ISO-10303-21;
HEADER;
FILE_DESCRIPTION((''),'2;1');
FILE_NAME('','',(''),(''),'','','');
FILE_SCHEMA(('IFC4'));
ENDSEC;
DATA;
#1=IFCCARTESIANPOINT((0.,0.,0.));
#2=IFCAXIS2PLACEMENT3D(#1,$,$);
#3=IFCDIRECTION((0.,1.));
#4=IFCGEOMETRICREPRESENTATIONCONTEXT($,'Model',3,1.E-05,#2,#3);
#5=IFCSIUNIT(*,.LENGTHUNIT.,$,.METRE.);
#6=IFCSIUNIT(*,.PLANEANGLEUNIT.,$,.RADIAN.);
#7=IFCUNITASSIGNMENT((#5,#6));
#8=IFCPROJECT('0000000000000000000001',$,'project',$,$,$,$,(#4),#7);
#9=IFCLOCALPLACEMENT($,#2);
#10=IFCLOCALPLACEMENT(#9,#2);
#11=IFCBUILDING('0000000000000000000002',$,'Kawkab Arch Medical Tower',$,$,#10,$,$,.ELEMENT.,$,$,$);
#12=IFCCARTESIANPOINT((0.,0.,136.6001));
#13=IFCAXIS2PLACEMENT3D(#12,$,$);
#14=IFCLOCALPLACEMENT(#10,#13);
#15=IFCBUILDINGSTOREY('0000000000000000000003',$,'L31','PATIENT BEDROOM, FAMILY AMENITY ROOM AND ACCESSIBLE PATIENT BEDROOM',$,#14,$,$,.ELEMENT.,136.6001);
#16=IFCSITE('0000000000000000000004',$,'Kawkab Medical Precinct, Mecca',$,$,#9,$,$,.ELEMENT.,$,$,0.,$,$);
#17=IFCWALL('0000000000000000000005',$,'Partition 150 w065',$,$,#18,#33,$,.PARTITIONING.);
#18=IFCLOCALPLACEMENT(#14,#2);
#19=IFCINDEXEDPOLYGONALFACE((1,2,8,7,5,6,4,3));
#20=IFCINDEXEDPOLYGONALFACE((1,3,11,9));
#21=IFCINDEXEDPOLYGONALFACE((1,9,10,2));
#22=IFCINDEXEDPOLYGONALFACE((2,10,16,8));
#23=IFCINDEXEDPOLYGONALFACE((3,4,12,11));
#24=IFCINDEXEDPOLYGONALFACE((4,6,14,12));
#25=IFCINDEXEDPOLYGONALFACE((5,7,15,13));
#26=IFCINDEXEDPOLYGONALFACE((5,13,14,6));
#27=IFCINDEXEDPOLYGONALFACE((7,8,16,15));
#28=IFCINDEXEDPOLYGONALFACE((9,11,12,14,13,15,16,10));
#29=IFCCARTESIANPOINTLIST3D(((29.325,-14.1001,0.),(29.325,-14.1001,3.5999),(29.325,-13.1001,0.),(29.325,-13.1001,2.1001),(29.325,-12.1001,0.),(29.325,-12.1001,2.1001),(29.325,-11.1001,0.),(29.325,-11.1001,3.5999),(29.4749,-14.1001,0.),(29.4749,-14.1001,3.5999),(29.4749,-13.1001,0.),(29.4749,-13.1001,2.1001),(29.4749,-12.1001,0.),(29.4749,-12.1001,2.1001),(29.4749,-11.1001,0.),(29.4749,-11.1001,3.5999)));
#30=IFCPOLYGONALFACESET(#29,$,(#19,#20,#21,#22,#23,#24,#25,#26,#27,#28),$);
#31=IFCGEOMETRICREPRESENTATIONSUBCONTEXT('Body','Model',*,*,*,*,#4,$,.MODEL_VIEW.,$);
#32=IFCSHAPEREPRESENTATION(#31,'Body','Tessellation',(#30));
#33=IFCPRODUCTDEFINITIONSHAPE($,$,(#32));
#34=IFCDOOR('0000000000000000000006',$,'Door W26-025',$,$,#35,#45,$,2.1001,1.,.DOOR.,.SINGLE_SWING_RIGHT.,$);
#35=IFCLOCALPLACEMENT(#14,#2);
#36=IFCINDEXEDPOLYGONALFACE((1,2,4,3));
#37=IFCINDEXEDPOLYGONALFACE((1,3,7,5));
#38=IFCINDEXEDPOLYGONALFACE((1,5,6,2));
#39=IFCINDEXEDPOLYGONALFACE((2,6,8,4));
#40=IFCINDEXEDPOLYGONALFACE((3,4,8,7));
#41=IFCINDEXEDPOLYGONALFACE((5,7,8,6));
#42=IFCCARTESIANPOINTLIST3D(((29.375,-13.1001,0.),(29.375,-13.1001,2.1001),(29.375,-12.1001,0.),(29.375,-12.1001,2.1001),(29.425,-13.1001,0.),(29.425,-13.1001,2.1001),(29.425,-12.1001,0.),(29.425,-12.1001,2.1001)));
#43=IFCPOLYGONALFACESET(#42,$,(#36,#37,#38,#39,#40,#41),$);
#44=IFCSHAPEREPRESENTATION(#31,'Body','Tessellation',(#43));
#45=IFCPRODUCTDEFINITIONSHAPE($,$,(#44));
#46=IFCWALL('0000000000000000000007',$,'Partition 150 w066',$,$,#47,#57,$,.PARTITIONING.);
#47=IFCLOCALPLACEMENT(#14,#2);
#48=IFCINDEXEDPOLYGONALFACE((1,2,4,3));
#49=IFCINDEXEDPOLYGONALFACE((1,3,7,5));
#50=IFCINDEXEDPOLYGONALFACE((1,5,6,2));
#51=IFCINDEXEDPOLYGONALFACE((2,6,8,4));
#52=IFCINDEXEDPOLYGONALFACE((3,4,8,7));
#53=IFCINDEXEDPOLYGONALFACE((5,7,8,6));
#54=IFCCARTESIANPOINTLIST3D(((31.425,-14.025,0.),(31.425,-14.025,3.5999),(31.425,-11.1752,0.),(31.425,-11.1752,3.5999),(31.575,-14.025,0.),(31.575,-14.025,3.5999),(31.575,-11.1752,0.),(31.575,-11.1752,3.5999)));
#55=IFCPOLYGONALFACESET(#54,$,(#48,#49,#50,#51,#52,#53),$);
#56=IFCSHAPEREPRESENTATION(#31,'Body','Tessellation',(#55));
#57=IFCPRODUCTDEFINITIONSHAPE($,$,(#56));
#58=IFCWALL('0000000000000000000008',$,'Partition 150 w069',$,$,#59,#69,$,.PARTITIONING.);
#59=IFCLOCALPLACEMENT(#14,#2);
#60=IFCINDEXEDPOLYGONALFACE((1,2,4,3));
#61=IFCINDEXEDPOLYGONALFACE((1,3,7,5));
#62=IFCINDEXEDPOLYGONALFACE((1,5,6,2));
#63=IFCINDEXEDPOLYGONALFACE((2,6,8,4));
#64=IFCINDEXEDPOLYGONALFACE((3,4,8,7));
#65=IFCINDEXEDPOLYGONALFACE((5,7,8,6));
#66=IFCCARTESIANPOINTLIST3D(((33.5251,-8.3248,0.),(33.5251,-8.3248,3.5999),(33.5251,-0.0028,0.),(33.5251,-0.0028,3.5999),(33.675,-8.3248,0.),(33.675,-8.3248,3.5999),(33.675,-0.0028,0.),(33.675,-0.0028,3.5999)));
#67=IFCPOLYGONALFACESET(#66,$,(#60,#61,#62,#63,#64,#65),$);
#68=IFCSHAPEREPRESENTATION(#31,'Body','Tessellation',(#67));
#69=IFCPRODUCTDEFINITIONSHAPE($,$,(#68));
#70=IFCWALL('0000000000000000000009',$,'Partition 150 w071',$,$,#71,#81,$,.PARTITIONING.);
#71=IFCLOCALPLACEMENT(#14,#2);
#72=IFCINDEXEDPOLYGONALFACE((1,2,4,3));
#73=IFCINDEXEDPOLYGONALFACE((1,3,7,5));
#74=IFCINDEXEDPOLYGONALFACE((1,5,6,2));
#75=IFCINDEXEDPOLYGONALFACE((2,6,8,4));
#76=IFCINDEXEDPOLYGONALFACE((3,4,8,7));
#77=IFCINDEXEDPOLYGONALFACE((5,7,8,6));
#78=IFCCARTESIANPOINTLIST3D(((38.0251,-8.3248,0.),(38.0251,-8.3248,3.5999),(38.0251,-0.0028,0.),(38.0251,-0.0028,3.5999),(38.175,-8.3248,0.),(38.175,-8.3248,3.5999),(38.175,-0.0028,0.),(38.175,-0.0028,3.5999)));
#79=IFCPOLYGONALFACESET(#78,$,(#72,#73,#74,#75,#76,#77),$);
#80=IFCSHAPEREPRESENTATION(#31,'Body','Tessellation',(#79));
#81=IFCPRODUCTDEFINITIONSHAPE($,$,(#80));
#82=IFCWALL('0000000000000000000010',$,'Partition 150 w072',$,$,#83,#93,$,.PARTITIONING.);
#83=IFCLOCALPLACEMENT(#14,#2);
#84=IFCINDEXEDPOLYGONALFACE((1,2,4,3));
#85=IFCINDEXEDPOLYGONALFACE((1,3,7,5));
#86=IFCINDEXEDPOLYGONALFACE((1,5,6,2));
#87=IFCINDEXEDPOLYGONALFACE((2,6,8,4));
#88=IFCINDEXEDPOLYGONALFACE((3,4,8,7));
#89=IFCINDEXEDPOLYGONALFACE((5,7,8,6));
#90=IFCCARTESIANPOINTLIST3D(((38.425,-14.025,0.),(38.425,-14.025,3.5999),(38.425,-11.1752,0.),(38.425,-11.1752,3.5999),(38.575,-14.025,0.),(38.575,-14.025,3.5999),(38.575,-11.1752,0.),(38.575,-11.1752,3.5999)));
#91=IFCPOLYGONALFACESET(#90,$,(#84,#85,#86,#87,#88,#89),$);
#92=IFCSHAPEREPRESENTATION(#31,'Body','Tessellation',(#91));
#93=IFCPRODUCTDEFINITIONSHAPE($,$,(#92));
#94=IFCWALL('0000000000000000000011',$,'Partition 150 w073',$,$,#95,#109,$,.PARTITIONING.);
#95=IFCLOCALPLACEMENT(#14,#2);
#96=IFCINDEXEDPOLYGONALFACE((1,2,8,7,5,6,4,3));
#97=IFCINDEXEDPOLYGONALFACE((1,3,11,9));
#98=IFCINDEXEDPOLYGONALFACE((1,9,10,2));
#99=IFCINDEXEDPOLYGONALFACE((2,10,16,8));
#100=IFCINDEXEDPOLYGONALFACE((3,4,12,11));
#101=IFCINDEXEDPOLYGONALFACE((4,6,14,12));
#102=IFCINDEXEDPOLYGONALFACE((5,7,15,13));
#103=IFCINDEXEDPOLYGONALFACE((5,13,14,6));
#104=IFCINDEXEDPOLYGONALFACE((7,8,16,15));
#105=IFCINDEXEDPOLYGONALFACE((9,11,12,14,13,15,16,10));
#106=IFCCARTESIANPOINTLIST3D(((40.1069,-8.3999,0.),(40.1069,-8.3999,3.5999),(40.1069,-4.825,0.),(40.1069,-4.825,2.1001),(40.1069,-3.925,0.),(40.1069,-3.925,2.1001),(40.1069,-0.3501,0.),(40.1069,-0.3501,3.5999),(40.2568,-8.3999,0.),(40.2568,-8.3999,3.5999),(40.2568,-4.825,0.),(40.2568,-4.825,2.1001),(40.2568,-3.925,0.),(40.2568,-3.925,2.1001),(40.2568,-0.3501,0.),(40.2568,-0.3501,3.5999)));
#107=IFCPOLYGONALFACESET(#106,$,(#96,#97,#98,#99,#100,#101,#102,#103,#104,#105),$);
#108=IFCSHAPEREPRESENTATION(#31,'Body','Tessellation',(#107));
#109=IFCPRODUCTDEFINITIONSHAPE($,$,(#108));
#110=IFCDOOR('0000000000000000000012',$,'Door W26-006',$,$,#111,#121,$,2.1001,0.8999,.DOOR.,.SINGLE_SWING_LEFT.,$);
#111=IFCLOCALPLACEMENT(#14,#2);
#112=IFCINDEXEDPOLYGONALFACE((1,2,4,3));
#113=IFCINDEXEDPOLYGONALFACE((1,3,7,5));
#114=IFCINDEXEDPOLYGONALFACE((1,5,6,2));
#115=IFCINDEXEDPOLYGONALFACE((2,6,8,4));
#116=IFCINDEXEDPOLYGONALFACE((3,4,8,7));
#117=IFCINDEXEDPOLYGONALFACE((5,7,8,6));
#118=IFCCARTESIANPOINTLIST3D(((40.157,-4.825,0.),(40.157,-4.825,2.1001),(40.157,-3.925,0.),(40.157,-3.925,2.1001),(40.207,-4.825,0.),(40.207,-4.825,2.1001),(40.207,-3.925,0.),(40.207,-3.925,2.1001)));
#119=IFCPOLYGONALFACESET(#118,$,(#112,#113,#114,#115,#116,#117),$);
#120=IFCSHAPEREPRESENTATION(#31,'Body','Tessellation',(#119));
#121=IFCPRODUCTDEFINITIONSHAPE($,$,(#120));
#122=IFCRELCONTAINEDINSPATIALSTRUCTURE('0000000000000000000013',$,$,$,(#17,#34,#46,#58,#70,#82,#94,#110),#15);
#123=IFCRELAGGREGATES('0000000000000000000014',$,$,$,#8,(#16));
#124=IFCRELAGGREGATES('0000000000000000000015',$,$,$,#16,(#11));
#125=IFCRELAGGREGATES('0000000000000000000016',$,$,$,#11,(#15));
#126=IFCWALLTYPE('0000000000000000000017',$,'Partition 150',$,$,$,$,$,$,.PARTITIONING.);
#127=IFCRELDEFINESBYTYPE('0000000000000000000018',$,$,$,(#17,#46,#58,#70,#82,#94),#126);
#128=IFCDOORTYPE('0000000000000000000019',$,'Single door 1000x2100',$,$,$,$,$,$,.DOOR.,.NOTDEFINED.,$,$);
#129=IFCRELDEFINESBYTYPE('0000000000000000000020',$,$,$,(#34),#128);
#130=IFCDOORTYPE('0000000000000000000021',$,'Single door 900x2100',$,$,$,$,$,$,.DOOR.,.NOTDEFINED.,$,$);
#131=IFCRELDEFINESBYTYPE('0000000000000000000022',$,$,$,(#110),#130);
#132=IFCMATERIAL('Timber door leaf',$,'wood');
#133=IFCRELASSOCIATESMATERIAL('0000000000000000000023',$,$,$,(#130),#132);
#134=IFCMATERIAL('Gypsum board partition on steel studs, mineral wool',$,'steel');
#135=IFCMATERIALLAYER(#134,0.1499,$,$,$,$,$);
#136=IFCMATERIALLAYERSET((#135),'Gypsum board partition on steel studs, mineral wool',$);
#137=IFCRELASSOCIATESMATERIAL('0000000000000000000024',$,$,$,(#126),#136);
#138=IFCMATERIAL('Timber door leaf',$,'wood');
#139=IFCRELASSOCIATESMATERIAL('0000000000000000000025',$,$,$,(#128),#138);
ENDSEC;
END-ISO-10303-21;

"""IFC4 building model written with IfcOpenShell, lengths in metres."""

from ifc_helpers import new_model, si_unit, direction, frame, frame_2d, origin, place, context, subcontext, project, spatial, rectangle, extrude, material, layer, layer_set, type_object, element, fill, save


model = new_model("IFC4")

# Units and contexts
model_context = context("Model", 3, precision=1e-05, world=origin(), true_north=direction((0.0, 1.0)))
body_context = subcontext(model_context, "Body", "Model", "MODEL_VIEW")
ifc_project = project(units=[si_unit("LENGTHUNIT", "METRE"), si_unit("PLANEANGLEUNIT", "RADIAN")], contexts=[model_context])

# Site, building, storey
site_placement = place(None, origin())
site = spatial("IfcSite", under=ifc_project, at=site_placement, Name="Kawkab Medical Precinct, Mecca", CompositionType="ELEMENT", RefElevation=0.0)
building_placement = place(site_placement, origin())
building = spatial("IfcBuilding", under=site, at=building_placement, Name="Kawkab Arch Medical Tower", CompositionType="ELEMENT")
storey_placement = place(building_placement, frame((0.0, 0.0, 136.6001)))
storey = spatial("IfcBuildingStorey", under=building, at=storey_placement, Name="L31", Description="PATIENT BEDROOM, FAMILY AMENITY ROOM AND ACCESSIBLE PATIENT BEDROOM", CompositionType="ELEMENT", Elevation=136.6001)

# Shared definitions
ifc_material_1 = material(Name="Timber door leaf", Category="wood")
door_type_1 = type_object("IfcDoorType", Name="Single door 900x2100", OperationType="NOTDEFINED", PredefinedType="DOOR", material=ifc_material_1)

# Shared definitions
ifc_material_2 = material(Name="Gypsum board partition on steel studs, mineral wool", Category="steel")
ifc_layer_1 = layer(ifc_material_2, 0.1499)
ifc_layer_set_1 = layer_set([ifc_layer_1], Name="Gypsum board partition on steel studs, mineral wool")
wall_type_1 = type_object("IfcWallType", Name="Partition 150", PredefinedType="PARTITIONING", material=ifc_layer_set_1)

# Wall, opening, door
wall_1_placement = place(storey_placement, frame((29.3999, -14.1001, 0.0), z_axis=(0.0, 0.0, 1.0), x_axis=(0.0, 1.0, 0.0)))
wall_1 = element("IfcWall", 1, at=wall_1_placement, inside=storey, type_object=wall_type_1, Name="Partition 150 w065", PredefinedType="PARTITIONING", context=body_context, shape_type="SweptSolid", body=[
    extrude(rectangle(XDim=3.0, YDim=0.1499, at=frame_2d((1.5, 0.0))), origin(), (0.0, 0.0, 1.0), 3.5999),
])
opening_1_placement = place(wall_1_placement, frame((1.0, 0.0, 0.0)))
opening_1 = element("IfcOpeningElement", 2, at=opening_1_placement, cuts=wall_1, PredefinedType="OPENING", context=body_context, shape_type="SweptSolid", body=[
    extrude(rectangle(XDim=1.0, YDim=2.1001, at=frame_2d((0.5, 1.05))), frame((0.0, 0.085, 0.0), z_axis=(0.0, -1.0, 0.0), x_axis=(1.0, 0.0, 0.0)), (0.0, 0.0, 1.0), 0.1699),
])
ifc_material_3 = material(Name="Timber door leaf", Category="wood")
door_type_2 = type_object("IfcDoorType", Name="Single door 1000x2100", OperationType="NOTDEFINED", PredefinedType="DOOR", material=ifc_material_3)
door_1_placement = place(opening_1_placement, origin())
door_1 = element("IfcDoor", 3, at=door_1_placement, inside=storey, type_object=door_type_2, Name="Door W26-025", OperationType="SINGLE_SWING_RIGHT", OverallHeight=2.1001, OverallWidth=1.0, PredefinedType="DOOR", context=body_context, shape_type="SweptSolid", body=[
    extrude(rectangle(XDim=1.0, YDim=2.1001, at=frame_2d((0.5, 1.05))), frame((0.0, 0.0249, 0.0), z_axis=(0.0, -1.0, 0.0), x_axis=(1.0, 0.0, 0.0)), (0.0, 0.0, 1.0), 0.05),
])
fill(opening_1, door_1)

# Walls
wall_2_placement = place(storey_placement, frame((31.5, -14.0249, 0.0), z_axis=(0.0, 0.0, 1.0), x_axis=(0.0, 1.0, 0.0)))
element("IfcWall", 4, at=wall_2_placement, inside=storey, type_object=wall_type_1, Name="Partition 150 w066", PredefinedType="PARTITIONING", context=body_context, shape_type="SweptSolid", body=[
    extrude(rectangle(XDim=2.8499, YDim=0.1499, at=frame_2d((1.4248, 0.0))), origin(), (0.0, 0.0, 1.0), 3.5999),
])
for number, where, z_axis, x_axis, name in (
    (5, (33.6001, -8.325, 0.0), (0.0, 0.0, 1.0), (0.0, 1.0, 0.0), "Partition 150 w069"),
    (6, (38.1001, -8.325, 0.0), (0.0, 0.0, 1.0), (0.0, 1.0, 0.0), "Partition 150 w071"),
):
    element("IfcWall", number, at=place(storey_placement, frame(where, z_axis=z_axis, x_axis=x_axis)), inside=storey, type_object=wall_type_1, Name=name, PredefinedType="PARTITIONING", context=body_context, shape_type="SweptSolid", body=[
        extrude(rectangle(XDim=8.322, YDim=0.1499, at=frame_2d((4.1611, 0.0))), origin(), (0.0, 0.0, 1.0), 3.5999),
    ])
wall_3_placement = place(storey_placement, frame((38.5, -14.0249, 0.0), z_axis=(0.0, 0.0, 1.0), x_axis=(0.0, 1.0, 0.0)))
element("IfcWall", 7, at=wall_3_placement, inside=storey, type_object=wall_type_1, Name="Partition 150 w072", PredefinedType="PARTITIONING", context=body_context, shape_type="SweptSolid", body=[
    extrude(rectangle(XDim=2.8499, YDim=0.1499, at=frame_2d((1.4248, 0.0))), origin(), (0.0, 0.0, 1.0), 3.5999),
])

# Wall, opening, door
wall_4_placement = place(storey_placement, frame((40.1819, -8.3999, 0.0), z_axis=(0.0, 0.0, 1.0), x_axis=(0.0, 1.0, 0.0)))
wall_4 = element("IfcWall", 8, at=wall_4_placement, inside=storey, type_object=wall_type_1, Name="Partition 150 w073", PredefinedType="PARTITIONING", context=body_context, shape_type="SweptSolid", body=[
    extrude(rectangle(XDim=8.0498, YDim=0.1499, at=frame_2d((4.0249, 0.0))), origin(), (0.0, 0.0, 1.0), 3.5999),
])
opening_2_placement = place(wall_4_placement, frame((3.575, 0.0, 0.0)))
opening_2 = element("IfcOpeningElement", 9, at=opening_2_placement, cuts=wall_4, PredefinedType="OPENING", context=body_context, shape_type="SweptSolid", body=[
    extrude(rectangle(XDim=0.8999, YDim=2.1001, at=frame_2d((0.45, 1.05))), frame((0.0, 0.085, 0.0), z_axis=(0.0, -1.0, 0.0), x_axis=(1.0, 0.0, 0.0)), (0.0, 0.0, 1.0), 0.1699),
])
door_2_placement = place(opening_2_placement, origin())
door_2 = element("IfcDoor", 10, at=door_2_placement, inside=storey, type_object=door_type_1, Name="Door W26-006", OperationType="SINGLE_SWING_LEFT", OverallHeight=2.1001, OverallWidth=0.8999, PredefinedType="DOOR", context=body_context, shape_type="SweptSolid", body=[
    extrude(rectangle(XDim=0.8999, YDim=2.1001, at=frame_2d((0.45, 1.05))), frame((0.0, 0.0249, 0.0), z_axis=(0.0, -1.0, 0.0), x_axis=(1.0, 0.0, 0.0)), (0.0, 0.0, 1.0), 0.05),
])
fill(opening_2, door_2)

save(model, "model.ifc")
